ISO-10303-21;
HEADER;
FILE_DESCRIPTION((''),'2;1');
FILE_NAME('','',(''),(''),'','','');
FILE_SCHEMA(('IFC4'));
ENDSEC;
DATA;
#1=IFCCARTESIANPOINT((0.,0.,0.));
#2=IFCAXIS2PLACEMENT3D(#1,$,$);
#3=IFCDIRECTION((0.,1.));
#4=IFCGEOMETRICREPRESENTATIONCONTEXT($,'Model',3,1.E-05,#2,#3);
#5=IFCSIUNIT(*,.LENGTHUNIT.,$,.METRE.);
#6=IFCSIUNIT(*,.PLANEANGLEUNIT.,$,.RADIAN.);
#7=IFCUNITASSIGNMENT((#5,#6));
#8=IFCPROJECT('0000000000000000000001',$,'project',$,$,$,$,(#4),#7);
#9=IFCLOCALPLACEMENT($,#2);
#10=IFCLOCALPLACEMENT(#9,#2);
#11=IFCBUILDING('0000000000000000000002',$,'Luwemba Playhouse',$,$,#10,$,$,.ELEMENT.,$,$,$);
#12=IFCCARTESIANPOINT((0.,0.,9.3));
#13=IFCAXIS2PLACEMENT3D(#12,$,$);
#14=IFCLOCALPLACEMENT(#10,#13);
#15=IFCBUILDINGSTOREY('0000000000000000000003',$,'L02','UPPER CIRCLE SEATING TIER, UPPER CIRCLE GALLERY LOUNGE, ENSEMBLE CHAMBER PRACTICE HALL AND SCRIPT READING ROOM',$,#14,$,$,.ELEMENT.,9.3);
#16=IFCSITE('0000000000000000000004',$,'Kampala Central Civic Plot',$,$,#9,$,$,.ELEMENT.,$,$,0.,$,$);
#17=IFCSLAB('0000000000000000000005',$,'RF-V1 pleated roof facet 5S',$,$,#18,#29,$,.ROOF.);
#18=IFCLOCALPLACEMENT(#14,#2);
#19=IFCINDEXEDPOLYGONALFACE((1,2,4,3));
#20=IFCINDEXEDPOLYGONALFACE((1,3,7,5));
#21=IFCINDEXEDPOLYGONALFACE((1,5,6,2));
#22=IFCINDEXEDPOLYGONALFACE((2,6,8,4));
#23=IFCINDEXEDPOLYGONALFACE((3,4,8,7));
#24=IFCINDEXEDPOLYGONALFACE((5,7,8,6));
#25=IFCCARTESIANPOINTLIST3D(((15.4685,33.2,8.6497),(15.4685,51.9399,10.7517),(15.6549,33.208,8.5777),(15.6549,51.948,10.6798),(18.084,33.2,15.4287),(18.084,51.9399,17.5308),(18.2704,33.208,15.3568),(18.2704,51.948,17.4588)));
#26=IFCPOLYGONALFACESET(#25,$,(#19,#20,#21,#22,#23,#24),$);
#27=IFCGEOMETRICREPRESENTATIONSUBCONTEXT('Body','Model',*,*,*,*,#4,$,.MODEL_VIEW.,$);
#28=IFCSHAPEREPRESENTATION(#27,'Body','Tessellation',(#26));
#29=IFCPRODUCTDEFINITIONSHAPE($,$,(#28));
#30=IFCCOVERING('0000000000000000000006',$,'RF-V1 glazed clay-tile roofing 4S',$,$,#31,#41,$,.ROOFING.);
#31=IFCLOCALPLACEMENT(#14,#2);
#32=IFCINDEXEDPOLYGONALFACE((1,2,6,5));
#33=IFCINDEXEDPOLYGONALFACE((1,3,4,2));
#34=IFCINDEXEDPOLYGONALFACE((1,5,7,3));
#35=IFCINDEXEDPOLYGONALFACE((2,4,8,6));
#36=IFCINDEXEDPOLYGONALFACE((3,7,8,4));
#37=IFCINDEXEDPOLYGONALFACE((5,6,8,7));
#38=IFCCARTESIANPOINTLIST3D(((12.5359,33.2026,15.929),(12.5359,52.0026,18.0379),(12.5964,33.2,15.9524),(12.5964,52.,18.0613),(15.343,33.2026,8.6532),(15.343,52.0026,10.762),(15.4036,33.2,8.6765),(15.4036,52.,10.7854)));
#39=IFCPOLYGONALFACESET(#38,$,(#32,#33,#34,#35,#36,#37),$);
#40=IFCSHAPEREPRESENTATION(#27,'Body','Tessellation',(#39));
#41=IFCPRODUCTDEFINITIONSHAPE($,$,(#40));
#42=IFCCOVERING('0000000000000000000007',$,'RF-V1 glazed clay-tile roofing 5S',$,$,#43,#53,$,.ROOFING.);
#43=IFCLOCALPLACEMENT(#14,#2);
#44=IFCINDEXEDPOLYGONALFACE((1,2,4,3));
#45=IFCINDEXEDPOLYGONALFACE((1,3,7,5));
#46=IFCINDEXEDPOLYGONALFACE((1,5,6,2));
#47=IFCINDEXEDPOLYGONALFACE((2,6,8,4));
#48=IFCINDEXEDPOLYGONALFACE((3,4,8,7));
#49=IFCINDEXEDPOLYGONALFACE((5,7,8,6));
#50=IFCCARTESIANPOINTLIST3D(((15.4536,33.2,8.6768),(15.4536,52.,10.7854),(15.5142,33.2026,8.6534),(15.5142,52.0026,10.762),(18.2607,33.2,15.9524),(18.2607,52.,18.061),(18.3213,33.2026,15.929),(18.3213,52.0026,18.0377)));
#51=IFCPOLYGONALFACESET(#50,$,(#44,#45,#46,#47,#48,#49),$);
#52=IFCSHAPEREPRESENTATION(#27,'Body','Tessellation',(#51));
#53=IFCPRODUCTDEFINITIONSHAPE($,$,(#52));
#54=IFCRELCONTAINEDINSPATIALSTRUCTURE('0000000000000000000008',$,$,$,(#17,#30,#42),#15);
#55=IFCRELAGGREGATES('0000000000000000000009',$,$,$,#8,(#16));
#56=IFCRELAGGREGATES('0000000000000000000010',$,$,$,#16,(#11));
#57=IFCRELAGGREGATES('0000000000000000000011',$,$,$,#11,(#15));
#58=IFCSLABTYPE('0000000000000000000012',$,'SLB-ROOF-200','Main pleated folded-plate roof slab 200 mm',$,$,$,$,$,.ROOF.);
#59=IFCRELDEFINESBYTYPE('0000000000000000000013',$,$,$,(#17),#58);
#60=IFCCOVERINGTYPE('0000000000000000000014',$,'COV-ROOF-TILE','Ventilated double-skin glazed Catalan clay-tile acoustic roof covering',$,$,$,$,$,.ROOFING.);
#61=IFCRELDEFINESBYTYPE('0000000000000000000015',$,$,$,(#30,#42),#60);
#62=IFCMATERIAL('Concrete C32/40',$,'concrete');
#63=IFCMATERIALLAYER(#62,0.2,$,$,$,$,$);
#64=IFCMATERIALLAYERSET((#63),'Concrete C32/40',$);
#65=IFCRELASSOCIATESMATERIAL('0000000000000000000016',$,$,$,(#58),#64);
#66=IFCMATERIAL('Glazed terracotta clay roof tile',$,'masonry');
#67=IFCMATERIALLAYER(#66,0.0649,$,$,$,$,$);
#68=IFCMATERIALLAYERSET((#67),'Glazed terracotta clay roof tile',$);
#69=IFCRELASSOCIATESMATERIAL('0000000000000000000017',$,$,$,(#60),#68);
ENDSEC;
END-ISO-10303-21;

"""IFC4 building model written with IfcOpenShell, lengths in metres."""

from ifc_helpers import new_model, si_unit, direction, frame, origin, place, context, subcontext, project, spatial, polyline, outline, extrude, material, layer, layer_set, type_object, element, save


model = new_model("IFC4")

# Units and contexts
model_context = context("Model", 3, precision=1e-05, world=origin(), true_north=direction((0.0, 1.0)))
body_context = subcontext(model_context, "Body", "Model", "MODEL_VIEW")
ifc_project = project(units=[si_unit("LENGTHUNIT", "METRE"), si_unit("PLANEANGLEUNIT", "RADIAN")], contexts=[model_context])

# Site, building, storey
site_placement = place(None, origin())
site = spatial("IfcSite", under=ifc_project, at=site_placement, Name="Kampala Central Civic Plot", CompositionType="ELEMENT", RefElevation=0.0)
building_placement = place(site_placement, origin())
building = spatial("IfcBuilding", under=site, at=building_placement, Name="Luwemba Playhouse", CompositionType="ELEMENT")
storey_placement = place(building_placement, frame((0.0, 0.0, 9.3)))
storey = spatial("IfcBuildingStorey", under=building, at=storey_placement, Name="L02", Description="UPPER CIRCLE SEATING TIER, UPPER CIRCLE GALLERY LOUNGE, ENSEMBLE CHAMBER PRACTICE HALL AND SCRIPT READING ROOM", CompositionType="ELEMENT", Elevation=9.3)

# Slab
ifc_material_1 = material(Name="Concrete C32/40", Category="concrete")
ifc_layer_1 = layer(ifc_material_1, 0.2)
ifc_layer_set_1 = layer_set([ifc_layer_1], Name="Concrete C32/40")
slab_type = type_object("IfcSlabType", Name="SLB-ROOF-200", Description="Main pleated folded-plate roof slab 200 mm", PredefinedType="ROOF", material=ifc_layer_set_1)
slab_1_placement = place(storey_placement, frame((15.4685, 33.2, 8.6497), z_axis=(-0.93221, -0.040343, 0.359663), x_axis=(0.359956, 0.0, 0.932969)))
element("IfcSlab", 1, at=slab_1_placement, inside=storey, type_object=slab_type, Name="RF-V1 pleated roof facet 5S", PredefinedType="ROOF", context=body_context, shape_type="SweptSolid", body=[
    extrude(outline(polyline([(0.0, 0.0), (7.2661, 0.0), (9.2273, 18.7553), (1.9611, 18.7553), (0.0, 0.0)])), origin(), (0.0, 0.0, -1.0), 0.2),
])

# Coverings
ifc_material_2 = material(Name="Glazed terracotta clay roof tile", Category="masonry")
ifc_layer_2 = layer(ifc_material_2, 0.0649)
ifc_layer_set_2 = layer_set([ifc_layer_2], Name="Glazed terracotta clay roof tile")
covering_type = type_object("IfcCoveringType", Name="COV-ROOF-TILE", Description="Ventilated double-skin glazed Catalan clay-tile acoustic roof covering", PredefinedType="ROOFING", material=ifc_layer_set_2)
covering_1_placement = place(storey_placement, frame((12.5964, 33.2, 15.9524), z_axis=(0.932211, -0.040345, 0.359659), x_axis=(0.359952, 0.0, -0.932971)))
element("IfcCovering", 2, at=covering_1_placement, inside=storey, type_object=covering_type, Name="RF-V1 glazed clay-tile roofing 4S", PredefinedType="ROOFING", context=body_context, shape_type="SweptSolid", body=[
    extrude(outline(polyline([(0.0, 0.0), (7.7986, 0.0), (5.8311, 18.8154), (-1.9675, 18.8154), (0.0, 0.0)])), origin(), (0.0, 0.0, -1.0), 0.0649),
])
covering_2_placement = place(storey_placement, frame((15.4536, 33.2, 8.6768), z_axis=(-0.932207, -0.040341, 0.35967), x_axis=(0.359963, 0.0, 0.932967)))
element("IfcCovering", 3, at=covering_2_placement, inside=storey, type_object=covering_type, Name="RF-V1 glazed clay-tile roofing 5S", PredefinedType="ROOFING", context=body_context, shape_type="SweptSolid", body=[
    extrude(outline(polyline([(0.0, 0.0), (7.7984, 0.0), (9.7657, 18.8154), (1.9673, 18.8154), (0.0, 0.0)])), origin(), (0.0, 0.0, -1.0), 0.0649),
])

save(model, "model.ifc")
